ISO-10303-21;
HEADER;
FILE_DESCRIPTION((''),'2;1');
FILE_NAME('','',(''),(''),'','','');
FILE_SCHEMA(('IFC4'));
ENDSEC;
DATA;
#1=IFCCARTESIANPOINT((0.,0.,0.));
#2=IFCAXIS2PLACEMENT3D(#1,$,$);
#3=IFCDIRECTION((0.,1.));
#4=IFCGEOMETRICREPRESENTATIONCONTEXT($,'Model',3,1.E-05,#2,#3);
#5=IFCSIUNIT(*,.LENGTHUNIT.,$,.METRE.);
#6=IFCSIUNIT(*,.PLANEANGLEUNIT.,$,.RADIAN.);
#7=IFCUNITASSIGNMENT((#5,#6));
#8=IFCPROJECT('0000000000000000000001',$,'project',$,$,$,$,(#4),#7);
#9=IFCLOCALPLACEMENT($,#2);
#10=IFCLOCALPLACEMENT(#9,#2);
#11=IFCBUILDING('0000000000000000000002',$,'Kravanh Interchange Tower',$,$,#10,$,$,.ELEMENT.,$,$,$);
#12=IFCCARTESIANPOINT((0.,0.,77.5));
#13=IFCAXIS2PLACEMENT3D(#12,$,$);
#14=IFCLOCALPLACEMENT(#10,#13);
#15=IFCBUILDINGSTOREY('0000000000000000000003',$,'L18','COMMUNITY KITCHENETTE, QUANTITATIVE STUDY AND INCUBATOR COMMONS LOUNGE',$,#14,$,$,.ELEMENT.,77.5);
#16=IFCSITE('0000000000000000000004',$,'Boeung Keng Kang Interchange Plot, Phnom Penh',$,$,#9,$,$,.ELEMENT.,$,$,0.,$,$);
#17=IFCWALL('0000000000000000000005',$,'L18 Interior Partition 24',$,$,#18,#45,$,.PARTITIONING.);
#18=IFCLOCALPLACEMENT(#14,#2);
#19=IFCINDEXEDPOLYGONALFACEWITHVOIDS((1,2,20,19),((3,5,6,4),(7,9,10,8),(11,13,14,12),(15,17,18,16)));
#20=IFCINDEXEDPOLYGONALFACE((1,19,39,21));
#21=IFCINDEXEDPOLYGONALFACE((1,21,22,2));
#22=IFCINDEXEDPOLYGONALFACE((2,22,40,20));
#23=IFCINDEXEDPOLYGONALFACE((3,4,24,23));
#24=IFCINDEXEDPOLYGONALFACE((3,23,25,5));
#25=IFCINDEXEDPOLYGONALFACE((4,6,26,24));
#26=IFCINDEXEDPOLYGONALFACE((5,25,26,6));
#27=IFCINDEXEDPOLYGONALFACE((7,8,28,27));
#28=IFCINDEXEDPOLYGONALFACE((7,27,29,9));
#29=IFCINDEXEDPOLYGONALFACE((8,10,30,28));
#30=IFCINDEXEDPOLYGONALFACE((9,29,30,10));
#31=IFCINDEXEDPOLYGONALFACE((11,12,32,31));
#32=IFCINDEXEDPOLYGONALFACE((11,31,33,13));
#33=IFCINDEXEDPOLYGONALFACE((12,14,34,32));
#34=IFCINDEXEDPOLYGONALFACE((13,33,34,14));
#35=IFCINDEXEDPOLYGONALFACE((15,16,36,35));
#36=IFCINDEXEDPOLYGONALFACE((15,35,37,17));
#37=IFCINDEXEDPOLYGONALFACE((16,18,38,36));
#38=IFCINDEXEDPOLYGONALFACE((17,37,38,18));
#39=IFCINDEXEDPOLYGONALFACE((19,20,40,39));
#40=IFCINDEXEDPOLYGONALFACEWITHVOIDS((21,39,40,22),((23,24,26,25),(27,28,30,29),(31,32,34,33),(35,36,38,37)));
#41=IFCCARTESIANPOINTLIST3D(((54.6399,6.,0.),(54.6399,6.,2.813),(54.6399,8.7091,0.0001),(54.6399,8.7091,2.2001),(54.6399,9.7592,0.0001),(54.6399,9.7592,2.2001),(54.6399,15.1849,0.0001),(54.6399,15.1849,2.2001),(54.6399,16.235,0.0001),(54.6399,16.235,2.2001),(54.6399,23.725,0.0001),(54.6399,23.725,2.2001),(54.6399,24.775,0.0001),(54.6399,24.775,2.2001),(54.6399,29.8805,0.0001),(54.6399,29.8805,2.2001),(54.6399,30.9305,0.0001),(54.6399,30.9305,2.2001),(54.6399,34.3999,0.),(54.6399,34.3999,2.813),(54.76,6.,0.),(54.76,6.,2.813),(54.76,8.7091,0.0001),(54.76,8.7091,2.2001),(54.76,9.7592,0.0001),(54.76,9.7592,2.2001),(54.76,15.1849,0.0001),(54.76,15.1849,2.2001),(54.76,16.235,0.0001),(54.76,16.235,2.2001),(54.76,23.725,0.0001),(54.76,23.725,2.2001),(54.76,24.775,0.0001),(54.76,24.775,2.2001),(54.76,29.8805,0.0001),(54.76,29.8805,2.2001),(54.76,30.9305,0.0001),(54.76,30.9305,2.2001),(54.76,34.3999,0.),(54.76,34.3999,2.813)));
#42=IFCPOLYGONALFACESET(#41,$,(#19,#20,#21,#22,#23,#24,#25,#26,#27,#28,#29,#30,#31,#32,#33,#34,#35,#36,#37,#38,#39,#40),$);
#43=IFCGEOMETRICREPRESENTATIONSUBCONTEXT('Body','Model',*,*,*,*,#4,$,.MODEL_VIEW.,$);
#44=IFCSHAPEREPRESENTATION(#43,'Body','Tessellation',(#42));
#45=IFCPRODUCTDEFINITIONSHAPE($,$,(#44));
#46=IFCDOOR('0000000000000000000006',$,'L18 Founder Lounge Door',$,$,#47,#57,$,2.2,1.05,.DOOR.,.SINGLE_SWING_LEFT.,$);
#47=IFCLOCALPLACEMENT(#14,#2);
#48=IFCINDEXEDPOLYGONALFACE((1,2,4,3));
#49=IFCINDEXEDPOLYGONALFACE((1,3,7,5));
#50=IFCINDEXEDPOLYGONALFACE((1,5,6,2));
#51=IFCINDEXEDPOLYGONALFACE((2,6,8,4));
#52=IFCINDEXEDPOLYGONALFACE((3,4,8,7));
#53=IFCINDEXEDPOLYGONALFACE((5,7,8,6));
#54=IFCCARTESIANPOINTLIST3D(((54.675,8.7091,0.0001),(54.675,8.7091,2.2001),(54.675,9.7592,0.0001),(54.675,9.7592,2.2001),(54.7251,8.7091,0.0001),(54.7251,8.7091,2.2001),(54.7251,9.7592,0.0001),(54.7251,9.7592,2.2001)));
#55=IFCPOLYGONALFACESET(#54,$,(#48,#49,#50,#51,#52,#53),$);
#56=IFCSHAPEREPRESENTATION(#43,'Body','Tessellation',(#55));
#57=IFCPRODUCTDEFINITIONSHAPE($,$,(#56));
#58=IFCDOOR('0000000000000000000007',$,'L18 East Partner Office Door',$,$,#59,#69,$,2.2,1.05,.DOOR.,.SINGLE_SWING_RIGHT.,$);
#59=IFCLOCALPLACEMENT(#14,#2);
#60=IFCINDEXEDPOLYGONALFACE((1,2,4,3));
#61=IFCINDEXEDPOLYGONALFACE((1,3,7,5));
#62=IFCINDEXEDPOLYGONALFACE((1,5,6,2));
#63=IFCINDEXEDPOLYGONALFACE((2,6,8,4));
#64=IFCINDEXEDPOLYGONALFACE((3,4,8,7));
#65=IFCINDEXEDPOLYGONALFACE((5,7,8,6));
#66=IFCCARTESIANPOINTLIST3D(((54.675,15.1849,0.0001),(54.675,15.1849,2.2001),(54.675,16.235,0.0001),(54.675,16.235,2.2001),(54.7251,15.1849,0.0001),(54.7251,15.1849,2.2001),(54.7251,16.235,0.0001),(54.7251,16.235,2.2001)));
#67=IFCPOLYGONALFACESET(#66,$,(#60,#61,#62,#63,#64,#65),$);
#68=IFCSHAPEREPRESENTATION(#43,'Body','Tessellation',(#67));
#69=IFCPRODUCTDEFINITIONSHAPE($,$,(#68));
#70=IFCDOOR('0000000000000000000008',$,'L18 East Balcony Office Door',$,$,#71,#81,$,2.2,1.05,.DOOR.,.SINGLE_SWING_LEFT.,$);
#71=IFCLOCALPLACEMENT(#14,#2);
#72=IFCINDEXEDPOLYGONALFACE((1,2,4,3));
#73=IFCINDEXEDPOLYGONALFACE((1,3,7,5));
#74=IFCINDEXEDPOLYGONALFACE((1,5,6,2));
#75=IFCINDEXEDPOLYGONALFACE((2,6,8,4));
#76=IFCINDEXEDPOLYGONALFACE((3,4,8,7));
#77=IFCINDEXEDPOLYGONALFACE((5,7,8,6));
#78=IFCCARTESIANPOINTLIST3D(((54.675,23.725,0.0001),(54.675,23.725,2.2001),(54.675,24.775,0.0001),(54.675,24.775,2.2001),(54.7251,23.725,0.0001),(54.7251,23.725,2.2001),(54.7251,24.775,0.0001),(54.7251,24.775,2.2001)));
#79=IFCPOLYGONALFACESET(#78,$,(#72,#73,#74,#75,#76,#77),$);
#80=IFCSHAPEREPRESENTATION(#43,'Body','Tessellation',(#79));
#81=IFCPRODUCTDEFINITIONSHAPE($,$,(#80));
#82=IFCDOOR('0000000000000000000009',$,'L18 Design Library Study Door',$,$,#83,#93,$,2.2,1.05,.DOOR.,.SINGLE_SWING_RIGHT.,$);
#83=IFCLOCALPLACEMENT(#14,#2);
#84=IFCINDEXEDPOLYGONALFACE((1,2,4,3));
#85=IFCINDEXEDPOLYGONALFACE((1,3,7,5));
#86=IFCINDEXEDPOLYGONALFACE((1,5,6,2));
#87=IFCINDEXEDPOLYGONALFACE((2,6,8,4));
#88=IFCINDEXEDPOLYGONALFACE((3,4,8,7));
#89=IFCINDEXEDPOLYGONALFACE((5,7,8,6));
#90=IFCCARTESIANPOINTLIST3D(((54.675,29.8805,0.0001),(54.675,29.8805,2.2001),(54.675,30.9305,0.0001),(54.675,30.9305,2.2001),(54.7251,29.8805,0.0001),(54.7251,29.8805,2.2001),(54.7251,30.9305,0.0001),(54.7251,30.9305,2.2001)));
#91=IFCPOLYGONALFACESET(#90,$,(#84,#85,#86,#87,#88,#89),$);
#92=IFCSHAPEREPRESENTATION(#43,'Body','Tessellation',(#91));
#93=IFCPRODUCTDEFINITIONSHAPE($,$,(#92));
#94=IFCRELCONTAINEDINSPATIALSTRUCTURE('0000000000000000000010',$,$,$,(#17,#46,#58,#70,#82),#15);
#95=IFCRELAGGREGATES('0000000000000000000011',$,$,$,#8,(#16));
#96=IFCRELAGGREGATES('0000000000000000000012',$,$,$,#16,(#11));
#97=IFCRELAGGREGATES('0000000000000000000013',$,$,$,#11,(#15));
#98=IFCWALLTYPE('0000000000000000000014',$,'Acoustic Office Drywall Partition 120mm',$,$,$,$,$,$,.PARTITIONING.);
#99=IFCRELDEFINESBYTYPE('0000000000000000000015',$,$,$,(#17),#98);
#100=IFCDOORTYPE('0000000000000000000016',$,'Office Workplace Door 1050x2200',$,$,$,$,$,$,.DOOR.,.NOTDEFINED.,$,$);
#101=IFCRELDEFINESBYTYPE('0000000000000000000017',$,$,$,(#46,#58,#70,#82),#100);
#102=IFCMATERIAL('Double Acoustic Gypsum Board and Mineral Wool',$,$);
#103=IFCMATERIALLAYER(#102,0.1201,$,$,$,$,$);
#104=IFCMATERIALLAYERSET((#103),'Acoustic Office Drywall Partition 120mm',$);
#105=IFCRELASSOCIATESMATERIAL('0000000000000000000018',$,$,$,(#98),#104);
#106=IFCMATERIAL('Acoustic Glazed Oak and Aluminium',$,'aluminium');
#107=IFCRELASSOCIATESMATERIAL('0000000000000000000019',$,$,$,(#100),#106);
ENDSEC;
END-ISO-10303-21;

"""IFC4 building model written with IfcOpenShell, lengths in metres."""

from ifc_helpers import new_model, si_unit, direction, frame, frame_2d, origin, place, context, subcontext, project, spatial, rectangle, extrude, material, layer, layer_set, type_object, element, fill, save


model = new_model("IFC4")

# Units and contexts
model_context = context("Model", 3, precision=1e-05, world=origin(), true_north=direction((0.0, 1.0)))
body_context = subcontext(model_context, "Body", "Model", "MODEL_VIEW")
ifc_project = project(units=[si_unit("LENGTHUNIT", "METRE"), si_unit("PLANEANGLEUNIT", "RADIAN")], contexts=[model_context])

# Site, building, storey
site_placement = place(None, origin())
site = spatial("IfcSite", under=ifc_project, at=site_placement, Name="Boeung Keng Kang Interchange Plot, Phnom Penh", CompositionType="ELEMENT", RefElevation=0.0)
building_placement = place(site_placement, origin())
building = spatial("IfcBuilding", under=site, at=building_placement, Name="Kravanh Interchange Tower", CompositionType="ELEMENT")
storey_placement = place(building_placement, frame((0.0, 0.0, 77.5)))
storey = spatial("IfcBuildingStorey", under=building, at=storey_placement, Name="L18", Description="COMMUNITY KITCHENETTE, QUANTITATIVE STUDY AND INCUBATOR COMMONS LOUNGE", CompositionType="ELEMENT", Elevation=77.5)

# Wall, openings, doors
ifc_material_1 = material(Name="Double Acoustic Gypsum Board and Mineral Wool")
ifc_layer_1 = layer(ifc_material_1, 0.1201)
ifc_layer_set_1 = layer_set([ifc_layer_1], Name="Acoustic Office Drywall Partition 120mm")
wall_type = type_object("IfcWallType", Name="Acoustic Office Drywall Partition 120mm", PredefinedType="PARTITIONING", material=ifc_layer_set_1)
wall_placement = place(storey_placement, frame((54.7, 6.0, 0.0), z_axis=(0.0, 0.0, 1.0), x_axis=(0.0, 1.0, 0.0)))
wall = element("IfcWall", 1, at=wall_placement, inside=storey, type_object=wall_type, Name="L18 Interior Partition 24", PredefinedType="PARTITIONING", context=body_context, shape_type="SweptSolid", body=[
    extrude(rectangle(XDim=28.3999, YDim=0.1201, at=frame_2d((14.2, 0.0))), origin(), (0.0, 0.0, 1.0), 2.813),
])
opening_1_placement = place(wall_placement, frame((2.7092, 0.0, 0.0)))
opening_1 = element("IfcOpeningElement", 2, at=opening_1_placement, cuts=wall, PredefinedType="OPENING", context=body_context, shape_type="SweptSolid", body=[
    extrude(rectangle(XDim=1.05, YDim=2.2, at=frame_2d((0.5249, 1.1001))), frame((0.0, 0.0701, 0.0), z_axis=(0.0, -1.0, 0.0), x_axis=(1.0, 0.0, 0.0)), (0.0, 0.0, 1.0), 0.1401),
])
opening_2_placement = place(wall_placement, frame((9.1851, 0.0, 0.0)))
opening_2 = element("IfcOpeningElement", 3, at=opening_2_placement, cuts=wall, PredefinedType="OPENING", context=body_context, shape_type="SweptSolid", body=[
    extrude(rectangle(XDim=1.05, YDim=2.2, at=frame_2d((0.5249, 1.1001))), frame((0.0, 0.0701, 0.0), z_axis=(0.0, -1.0, 0.0), x_axis=(1.0, 0.0, 0.0)), (0.0, 0.0, 1.0), 0.1401),
])
opening_3_placement = place(wall_placement, frame((17.7251, 0.0, 0.0)))
opening_3 = element("IfcOpeningElement", 4, at=opening_3_placement, cuts=wall, PredefinedType="OPENING", context=body_context, shape_type="SweptSolid", body=[
    extrude(rectangle(XDim=1.05, YDim=2.2, at=frame_2d((0.5249, 1.1001))), frame((0.0, 0.0701, 0.0), z_axis=(0.0, -1.0, 0.0), x_axis=(1.0, 0.0, 0.0)), (0.0, 0.0, 1.0), 0.1401),
])
opening_4_placement = place(wall_placement, frame((23.8806, 0.0, 0.0)))
opening_4 = element("IfcOpeningElement", 5, at=opening_4_placement, cuts=wall, PredefinedType="OPENING", context=body_context, shape_type="SweptSolid", body=[
    extrude(rectangle(XDim=1.05, YDim=2.2, at=frame_2d((0.5249, 1.1001))), frame((0.0, 0.0701, 0.0), z_axis=(0.0, -1.0, 0.0), x_axis=(1.0, 0.0, 0.0)), (0.0, 0.0, 1.0), 0.1401),
])
ifc_material_2 = material(Name="Acoustic Glazed Oak and Aluminium", Category="aluminium")
door_type = type_object("IfcDoorType", Name="Office Workplace Door 1050x2200", OperationType="NOTDEFINED", PredefinedType="DOOR", material=ifc_material_2)
door_1_placement = place(opening_1_placement, origin())
door_1 = element("IfcDoor", 6, at=door_1_placement, inside=storey, type_object=door_type, Name="L18 Founder Lounge Door", OperationType="SINGLE_SWING_LEFT", OverallHeight=2.2, OverallWidth=1.05, PredefinedType="DOOR", context=body_context, shape_type="SweptSolid", body=[
    extrude(rectangle(XDim=1.05, YDim=2.2, at=frame_2d((0.5249, 1.1001))), frame((0.0, 0.0249, 0.0), z_axis=(0.0, -1.0, 0.0), x_axis=(1.0, 0.0, 0.0)), (0.0, 0.0, 1.0), 0.05),
])
fill(opening_1, door_1)
door_2_placement = place(opening_2_placement, origin())
door_2 = element("IfcDoor", 7, at=door_2_placement, inside=storey, type_object=door_type, Name="L18 East Partner Office Door", OperationType="SINGLE_SWING_RIGHT", OverallHeight=2.2, OverallWidth=1.05, PredefinedType="DOOR", context=body_context, shape_type="SweptSolid", body=[
    extrude(rectangle(XDim=1.05, YDim=2.2, at=frame_2d((0.5249, 1.1001))), frame((0.0, 0.0249, 0.0), z_axis=(0.0, -1.0, 0.0), x_axis=(1.0, 0.0, 0.0)), (0.0, 0.0, 1.0), 0.05),
])
fill(opening_2, door_2)
door_3_placement = place(opening_3_placement, origin())
door_3 = element("IfcDoor", 8, at=door_3_placement, inside=storey, type_object=door_type, Name="L18 East Balcony Office Door", OperationType="SINGLE_SWING_LEFT", OverallHeight=2.2, OverallWidth=1.05, PredefinedType="DOOR", context=body_context, shape_type="SweptSolid", body=[
    extrude(rectangle(XDim=1.05, YDim=2.2, at=frame_2d((0.5249, 1.1001))), frame((0.0, 0.0249, 0.0), z_axis=(0.0, -1.0, 0.0), x_axis=(1.0, 0.0, 0.0)), (0.0, 0.0, 1.0), 0.05),
])
fill(opening_3, door_3)
door_4_placement = place(opening_4_placement, origin())
door_4 = element("IfcDoor", 9, at=door_4_placement, inside=storey, type_object=door_type, Name="L18 Design Library Study Door", OperationType="SINGLE_SWING_RIGHT", OverallHeight=2.2, OverallWidth=1.05, PredefinedType="DOOR", context=body_context, shape_type="SweptSolid", body=[
    extrude(rectangle(XDim=1.05, YDim=2.2, at=frame_2d((0.5249, 1.1001))), frame((0.0, 0.0249, 0.0), z_axis=(0.0, -1.0, 0.0), x_axis=(1.0, 0.0, 0.0)), (0.0, 0.0, 1.0), 0.05),
])
fill(opening_4, door_4)

save(model, "model.ifc")
